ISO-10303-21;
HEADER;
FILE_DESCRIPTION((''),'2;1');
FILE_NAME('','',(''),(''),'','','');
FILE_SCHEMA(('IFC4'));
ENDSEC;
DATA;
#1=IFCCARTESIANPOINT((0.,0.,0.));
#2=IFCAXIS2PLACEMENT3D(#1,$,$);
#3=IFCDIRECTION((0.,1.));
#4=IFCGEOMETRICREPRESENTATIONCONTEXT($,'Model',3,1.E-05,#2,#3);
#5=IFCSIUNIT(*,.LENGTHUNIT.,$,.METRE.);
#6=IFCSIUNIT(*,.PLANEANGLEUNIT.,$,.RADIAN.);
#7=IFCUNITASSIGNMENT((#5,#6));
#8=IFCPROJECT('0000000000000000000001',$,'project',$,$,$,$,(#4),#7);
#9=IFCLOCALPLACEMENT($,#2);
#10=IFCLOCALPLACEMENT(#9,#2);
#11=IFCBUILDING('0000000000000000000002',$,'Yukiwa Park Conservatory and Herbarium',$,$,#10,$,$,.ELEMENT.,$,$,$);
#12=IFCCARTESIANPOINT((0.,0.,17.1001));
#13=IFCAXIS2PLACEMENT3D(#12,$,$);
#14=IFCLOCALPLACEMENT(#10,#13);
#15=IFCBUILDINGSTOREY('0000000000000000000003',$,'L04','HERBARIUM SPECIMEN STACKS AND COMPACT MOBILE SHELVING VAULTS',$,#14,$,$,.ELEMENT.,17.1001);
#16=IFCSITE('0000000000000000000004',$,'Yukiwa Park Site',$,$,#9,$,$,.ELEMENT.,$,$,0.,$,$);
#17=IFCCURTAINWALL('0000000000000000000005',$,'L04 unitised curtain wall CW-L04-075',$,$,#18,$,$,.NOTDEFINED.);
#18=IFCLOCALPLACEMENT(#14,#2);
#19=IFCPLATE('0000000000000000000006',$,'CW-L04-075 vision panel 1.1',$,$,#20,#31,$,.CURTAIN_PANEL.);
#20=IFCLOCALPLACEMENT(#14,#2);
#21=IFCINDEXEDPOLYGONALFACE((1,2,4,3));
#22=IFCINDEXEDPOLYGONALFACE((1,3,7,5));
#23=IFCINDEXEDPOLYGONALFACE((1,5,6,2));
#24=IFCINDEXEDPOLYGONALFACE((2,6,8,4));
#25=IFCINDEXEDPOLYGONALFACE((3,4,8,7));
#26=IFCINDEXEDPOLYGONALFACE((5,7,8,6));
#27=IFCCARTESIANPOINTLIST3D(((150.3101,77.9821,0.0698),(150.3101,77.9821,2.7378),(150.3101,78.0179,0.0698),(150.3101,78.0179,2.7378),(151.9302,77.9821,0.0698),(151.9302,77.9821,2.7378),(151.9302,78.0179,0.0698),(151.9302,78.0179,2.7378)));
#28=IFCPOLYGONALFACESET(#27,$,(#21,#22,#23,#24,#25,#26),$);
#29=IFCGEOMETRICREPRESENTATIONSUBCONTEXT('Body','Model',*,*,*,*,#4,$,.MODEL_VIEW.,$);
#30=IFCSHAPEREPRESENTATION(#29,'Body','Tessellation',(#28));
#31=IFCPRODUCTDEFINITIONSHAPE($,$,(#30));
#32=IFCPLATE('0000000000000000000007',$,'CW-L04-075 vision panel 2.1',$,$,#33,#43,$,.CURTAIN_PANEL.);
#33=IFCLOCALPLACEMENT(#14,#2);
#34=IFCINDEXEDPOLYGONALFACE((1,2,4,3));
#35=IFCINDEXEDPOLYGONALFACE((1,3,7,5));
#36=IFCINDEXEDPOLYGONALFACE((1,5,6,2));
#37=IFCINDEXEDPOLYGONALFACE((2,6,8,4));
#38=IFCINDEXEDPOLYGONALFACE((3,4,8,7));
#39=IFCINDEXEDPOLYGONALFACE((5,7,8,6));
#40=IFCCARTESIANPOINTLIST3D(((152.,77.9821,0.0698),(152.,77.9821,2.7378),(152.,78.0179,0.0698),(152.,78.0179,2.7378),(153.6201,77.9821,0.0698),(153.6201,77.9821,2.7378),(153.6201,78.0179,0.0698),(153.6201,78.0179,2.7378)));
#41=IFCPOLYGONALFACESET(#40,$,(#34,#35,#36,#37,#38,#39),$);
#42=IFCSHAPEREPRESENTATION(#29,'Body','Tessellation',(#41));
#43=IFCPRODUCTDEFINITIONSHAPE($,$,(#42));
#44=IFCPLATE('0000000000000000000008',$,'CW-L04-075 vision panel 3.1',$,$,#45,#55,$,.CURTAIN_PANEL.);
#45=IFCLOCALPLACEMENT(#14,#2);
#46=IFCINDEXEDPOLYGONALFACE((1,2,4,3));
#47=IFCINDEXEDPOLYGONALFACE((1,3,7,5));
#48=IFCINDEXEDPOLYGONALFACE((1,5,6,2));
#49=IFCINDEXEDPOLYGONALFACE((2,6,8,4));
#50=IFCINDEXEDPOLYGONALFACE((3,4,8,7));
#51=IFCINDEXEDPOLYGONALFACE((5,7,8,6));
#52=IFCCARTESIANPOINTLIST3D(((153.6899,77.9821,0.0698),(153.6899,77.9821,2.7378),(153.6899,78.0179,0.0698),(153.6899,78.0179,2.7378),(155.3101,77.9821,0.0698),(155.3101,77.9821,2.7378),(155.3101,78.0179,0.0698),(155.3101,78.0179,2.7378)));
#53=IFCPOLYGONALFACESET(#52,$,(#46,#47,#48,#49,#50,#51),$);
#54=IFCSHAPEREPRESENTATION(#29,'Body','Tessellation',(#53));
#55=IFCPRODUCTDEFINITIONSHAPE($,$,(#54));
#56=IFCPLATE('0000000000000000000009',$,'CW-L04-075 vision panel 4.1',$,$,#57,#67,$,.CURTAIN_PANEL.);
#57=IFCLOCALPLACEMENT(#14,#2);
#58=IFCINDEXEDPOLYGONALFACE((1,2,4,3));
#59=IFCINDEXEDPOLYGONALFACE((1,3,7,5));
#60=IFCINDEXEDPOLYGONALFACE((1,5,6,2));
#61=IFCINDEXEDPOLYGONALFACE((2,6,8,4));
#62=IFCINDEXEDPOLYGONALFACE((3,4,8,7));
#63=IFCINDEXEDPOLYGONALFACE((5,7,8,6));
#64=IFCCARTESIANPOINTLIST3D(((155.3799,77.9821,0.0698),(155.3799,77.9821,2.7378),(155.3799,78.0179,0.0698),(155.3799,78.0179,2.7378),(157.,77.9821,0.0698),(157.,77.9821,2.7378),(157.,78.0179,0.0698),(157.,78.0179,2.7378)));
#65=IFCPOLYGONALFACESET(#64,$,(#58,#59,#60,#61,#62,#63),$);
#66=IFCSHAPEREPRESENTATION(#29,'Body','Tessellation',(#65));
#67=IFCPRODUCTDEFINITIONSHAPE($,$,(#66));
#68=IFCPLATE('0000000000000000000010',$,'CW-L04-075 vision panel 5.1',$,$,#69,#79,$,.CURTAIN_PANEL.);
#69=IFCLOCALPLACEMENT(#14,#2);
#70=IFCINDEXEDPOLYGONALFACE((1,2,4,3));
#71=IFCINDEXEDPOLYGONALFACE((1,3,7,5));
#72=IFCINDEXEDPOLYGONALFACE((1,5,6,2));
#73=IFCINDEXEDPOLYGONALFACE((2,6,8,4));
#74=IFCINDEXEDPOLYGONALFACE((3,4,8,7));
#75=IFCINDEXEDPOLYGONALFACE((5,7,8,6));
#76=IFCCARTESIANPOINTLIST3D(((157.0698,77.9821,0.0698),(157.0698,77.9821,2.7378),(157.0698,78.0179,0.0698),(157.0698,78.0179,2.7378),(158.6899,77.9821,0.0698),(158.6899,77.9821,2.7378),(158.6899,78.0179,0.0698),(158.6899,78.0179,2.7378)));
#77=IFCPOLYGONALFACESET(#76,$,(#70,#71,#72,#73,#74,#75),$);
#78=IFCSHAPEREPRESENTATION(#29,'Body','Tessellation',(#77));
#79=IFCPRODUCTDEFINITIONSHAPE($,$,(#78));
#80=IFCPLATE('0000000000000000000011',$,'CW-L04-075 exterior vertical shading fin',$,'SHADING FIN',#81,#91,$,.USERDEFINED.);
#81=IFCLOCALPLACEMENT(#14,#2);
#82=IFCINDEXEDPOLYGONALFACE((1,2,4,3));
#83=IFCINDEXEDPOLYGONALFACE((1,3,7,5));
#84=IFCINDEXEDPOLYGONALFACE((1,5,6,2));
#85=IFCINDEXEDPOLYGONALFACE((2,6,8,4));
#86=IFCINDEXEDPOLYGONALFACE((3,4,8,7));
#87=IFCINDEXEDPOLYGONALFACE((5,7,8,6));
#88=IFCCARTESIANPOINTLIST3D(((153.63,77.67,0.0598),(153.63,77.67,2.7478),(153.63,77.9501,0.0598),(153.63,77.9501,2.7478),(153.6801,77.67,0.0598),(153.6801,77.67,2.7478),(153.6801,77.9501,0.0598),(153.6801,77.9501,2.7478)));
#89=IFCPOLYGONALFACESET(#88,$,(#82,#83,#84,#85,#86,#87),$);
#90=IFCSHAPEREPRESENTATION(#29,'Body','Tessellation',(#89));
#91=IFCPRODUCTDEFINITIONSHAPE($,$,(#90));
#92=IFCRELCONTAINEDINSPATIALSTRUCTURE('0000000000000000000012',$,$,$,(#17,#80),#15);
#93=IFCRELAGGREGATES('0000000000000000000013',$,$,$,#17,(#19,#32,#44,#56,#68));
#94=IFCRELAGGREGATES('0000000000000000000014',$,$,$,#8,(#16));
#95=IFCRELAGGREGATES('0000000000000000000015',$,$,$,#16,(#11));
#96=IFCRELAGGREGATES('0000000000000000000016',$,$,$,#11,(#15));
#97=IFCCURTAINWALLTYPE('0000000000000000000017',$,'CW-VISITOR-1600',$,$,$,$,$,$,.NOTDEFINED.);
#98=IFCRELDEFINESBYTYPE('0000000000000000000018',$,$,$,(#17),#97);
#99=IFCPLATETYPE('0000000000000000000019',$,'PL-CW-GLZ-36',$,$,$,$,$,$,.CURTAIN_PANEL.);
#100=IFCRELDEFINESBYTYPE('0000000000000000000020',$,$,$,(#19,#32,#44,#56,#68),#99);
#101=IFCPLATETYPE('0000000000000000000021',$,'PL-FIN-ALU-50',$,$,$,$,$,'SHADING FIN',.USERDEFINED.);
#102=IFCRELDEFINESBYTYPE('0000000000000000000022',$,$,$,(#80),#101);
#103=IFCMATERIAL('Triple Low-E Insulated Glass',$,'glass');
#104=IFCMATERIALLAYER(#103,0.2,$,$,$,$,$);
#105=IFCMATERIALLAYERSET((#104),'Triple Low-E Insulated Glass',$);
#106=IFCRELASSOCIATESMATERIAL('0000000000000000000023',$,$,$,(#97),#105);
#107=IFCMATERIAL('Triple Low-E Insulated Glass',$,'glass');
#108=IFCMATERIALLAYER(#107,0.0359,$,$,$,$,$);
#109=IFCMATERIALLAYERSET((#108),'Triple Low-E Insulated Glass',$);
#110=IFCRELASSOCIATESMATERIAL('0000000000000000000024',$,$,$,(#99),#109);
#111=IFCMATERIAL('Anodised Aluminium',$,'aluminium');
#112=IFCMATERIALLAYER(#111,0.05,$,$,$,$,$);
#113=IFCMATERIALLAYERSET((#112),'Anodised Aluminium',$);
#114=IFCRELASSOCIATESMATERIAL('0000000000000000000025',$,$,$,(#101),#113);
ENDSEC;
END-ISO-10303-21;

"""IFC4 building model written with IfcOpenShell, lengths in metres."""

from ifc_helpers import new_model, si_unit, direction, frame, origin, origin_2d, place, context, subcontext, project, spatial, rectangle, extrude, material, layer, layer_set, type_object, element, aggregate, save


model = new_model("IFC4")

# Units and contexts
model_context = context("Model", 3, precision=1e-05, world=origin(), true_north=direction((0.0, 1.0)))
body_context = subcontext(model_context, "Body", "Model", "MODEL_VIEW")
ifc_project = project(units=[si_unit("LENGTHUNIT", "METRE"), si_unit("PLANEANGLEUNIT", "RADIAN")], contexts=[model_context])

# Site, building, storey
site_placement = place(None, origin())
site = spatial("IfcSite", under=ifc_project, at=site_placement, Name="Yukiwa Park Site", CompositionType="ELEMENT", RefElevation=0.0)
building_placement = place(site_placement, origin())
building = spatial("IfcBuilding", under=site, at=building_placement, Name="Yukiwa Park Conservatory and Herbarium", CompositionType="ELEMENT")
storey_placement = place(building_placement, frame((0.0, 0.0, 17.1001)))
storey = spatial("IfcBuildingStorey", under=building, at=storey_placement, Name="L04", Description="HERBARIUM SPECIMEN STACKS AND COMPACT MOBILE SHELVING VAULTS", CompositionType="ELEMENT", Elevation=17.1001)

# Curtain wall, plates
ifc_material_1 = material(Name="Triple Low-E Insulated Glass", Category="glass")
ifc_layer_1 = layer(ifc_material_1, 0.2)
ifc_layer_set_1 = layer_set([ifc_layer_1], Name="Triple Low-E Insulated Glass")
curtain_wall_type = type_object("IfcCurtainWallType", Name="CW-VISITOR-1600", PredefinedType="NOTDEFINED", material=ifc_layer_set_1)
curtain_wall_placement = place(storey_placement, origin())
curtain_wall = element("IfcCurtainWall", 1, at=curtain_wall_placement, inside=storey, type_object=curtain_wall_type, Name="L04 unitised curtain wall CW-L04-075", PredefinedType="NOTDEFINED")
ifc_material_2 = material(Name="Triple Low-E Insulated Glass", Category="glass")
ifc_layer_2 = layer(ifc_material_2, 0.0359)
ifc_layer_set_2 = layer_set([ifc_layer_2], Name="Triple Low-E Insulated Glass")
plate_type_1 = type_object("IfcPlateType", Name="PL-CW-GLZ-36", PredefinedType="CURTAIN_PANEL", material=ifc_layer_set_2)
plate_1_placement = place(storey_placement, frame((151.1201, 78.0, 0.0698), z_axis=(0.0, 0.0, 1.0), x_axis=(1.0, 0.0, 0.0)))
plate_1 = element("IfcPlate", 2, at=plate_1_placement, type_object=plate_type_1, Name="CW-L04-075 vision panel 1.1", PredefinedType="CURTAIN_PANEL", context=body_context, shape_type="SweptSolid", body=[
    extrude(rectangle(XDim=1.6201, YDim=0.0359, at=origin_2d()), origin(), (0.0, 0.0, 1.0), 2.668),
])
plate_2_placement = place(storey_placement, frame((152.8101, 78.0, 0.0698), z_axis=(0.0, 0.0, 1.0), x_axis=(1.0, 0.0, 0.0)))
plate_2 = element("IfcPlate", 3, at=plate_2_placement, type_object=plate_type_1, Name="CW-L04-075 vision panel 2.1", PredefinedType="CURTAIN_PANEL", context=body_context, shape_type="SweptSolid", body=[
    extrude(rectangle(XDim=1.6201, YDim=0.0359, at=origin_2d()), origin(), (0.0, 0.0, 1.0), 2.668),
])
plate_3_placement = place(storey_placement, frame((154.5, 78.0, 0.0698), z_axis=(0.0, 0.0, 1.0), x_axis=(1.0, 0.0, 0.0)))
plate_3 = element("IfcPlate", 4, at=plate_3_placement, type_object=plate_type_1, Name="CW-L04-075 vision panel 3.1", PredefinedType="CURTAIN_PANEL", context=body_context, shape_type="SweptSolid", body=[
    extrude(rectangle(XDim=1.6201, YDim=0.0359, at=origin_2d()), origin(), (0.0, 0.0, 1.0), 2.668),
])
plate_4_placement = place(storey_placement, frame((156.1899, 78.0, 0.0698), z_axis=(0.0, 0.0, 1.0), x_axis=(1.0, 0.0, 0.0)))
plate_4 = element("IfcPlate", 5, at=plate_4_placement, type_object=plate_type_1, Name="CW-L04-075 vision panel 4.1", PredefinedType="CURTAIN_PANEL", context=body_context, shape_type="SweptSolid", body=[
    extrude(rectangle(XDim=1.6201, YDim=0.0359, at=origin_2d()), origin(), (0.0, 0.0, 1.0), 2.668),
])
plate_5_placement = place(storey_placement, frame((157.8799, 78.0, 0.0698), z_axis=(0.0, 0.0, 1.0), x_axis=(1.0, 0.0, 0.0)))
plate_5 = element("IfcPlate", 6, at=plate_5_placement, type_object=plate_type_1, Name="CW-L04-075 vision panel 5.1", PredefinedType="CURTAIN_PANEL", context=body_context, shape_type="SweptSolid", body=[
    extrude(rectangle(XDim=1.6201, YDim=0.0359, at=origin_2d()), origin(), (0.0, 0.0, 1.0), 2.668),
])
aggregate(curtain_wall, [plate_1, plate_2, plate_3, plate_4, plate_5])

# Plate
ifc_material_3 = material(Name="Anodised Aluminium", Category="aluminium")
ifc_layer_3 = layer(ifc_material_3, 0.05)
ifc_layer_set_3 = layer_set([ifc_layer_3], Name="Anodised Aluminium")
plate_type_2 = type_object("IfcPlateType", Name="PL-FIN-ALU-50", ElementType="SHADING FIN", PredefinedType="USERDEFINED", material=ifc_layer_set_3)
plate_6_placement = place(storey_placement, frame((153.655, 77.8101, 0.0598), z_axis=(0.0, 0.0, 1.0), x_axis=(1.0, 0.0, 0.0)))
element("IfcPlate", 7, at=plate_6_placement, inside=storey, type_object=plate_type_2, Name="CW-L04-075 exterior vertical shading fin", ObjectType="SHADING FIN", PredefinedType="USERDEFINED", context=body_context, shape_type="SweptSolid", body=[
    extrude(rectangle(XDim=0.05, YDim=0.28, at=origin_2d()), origin(), (0.0, 0.0, 1.0), 2.688),
])

save(model, "model.ifc")
